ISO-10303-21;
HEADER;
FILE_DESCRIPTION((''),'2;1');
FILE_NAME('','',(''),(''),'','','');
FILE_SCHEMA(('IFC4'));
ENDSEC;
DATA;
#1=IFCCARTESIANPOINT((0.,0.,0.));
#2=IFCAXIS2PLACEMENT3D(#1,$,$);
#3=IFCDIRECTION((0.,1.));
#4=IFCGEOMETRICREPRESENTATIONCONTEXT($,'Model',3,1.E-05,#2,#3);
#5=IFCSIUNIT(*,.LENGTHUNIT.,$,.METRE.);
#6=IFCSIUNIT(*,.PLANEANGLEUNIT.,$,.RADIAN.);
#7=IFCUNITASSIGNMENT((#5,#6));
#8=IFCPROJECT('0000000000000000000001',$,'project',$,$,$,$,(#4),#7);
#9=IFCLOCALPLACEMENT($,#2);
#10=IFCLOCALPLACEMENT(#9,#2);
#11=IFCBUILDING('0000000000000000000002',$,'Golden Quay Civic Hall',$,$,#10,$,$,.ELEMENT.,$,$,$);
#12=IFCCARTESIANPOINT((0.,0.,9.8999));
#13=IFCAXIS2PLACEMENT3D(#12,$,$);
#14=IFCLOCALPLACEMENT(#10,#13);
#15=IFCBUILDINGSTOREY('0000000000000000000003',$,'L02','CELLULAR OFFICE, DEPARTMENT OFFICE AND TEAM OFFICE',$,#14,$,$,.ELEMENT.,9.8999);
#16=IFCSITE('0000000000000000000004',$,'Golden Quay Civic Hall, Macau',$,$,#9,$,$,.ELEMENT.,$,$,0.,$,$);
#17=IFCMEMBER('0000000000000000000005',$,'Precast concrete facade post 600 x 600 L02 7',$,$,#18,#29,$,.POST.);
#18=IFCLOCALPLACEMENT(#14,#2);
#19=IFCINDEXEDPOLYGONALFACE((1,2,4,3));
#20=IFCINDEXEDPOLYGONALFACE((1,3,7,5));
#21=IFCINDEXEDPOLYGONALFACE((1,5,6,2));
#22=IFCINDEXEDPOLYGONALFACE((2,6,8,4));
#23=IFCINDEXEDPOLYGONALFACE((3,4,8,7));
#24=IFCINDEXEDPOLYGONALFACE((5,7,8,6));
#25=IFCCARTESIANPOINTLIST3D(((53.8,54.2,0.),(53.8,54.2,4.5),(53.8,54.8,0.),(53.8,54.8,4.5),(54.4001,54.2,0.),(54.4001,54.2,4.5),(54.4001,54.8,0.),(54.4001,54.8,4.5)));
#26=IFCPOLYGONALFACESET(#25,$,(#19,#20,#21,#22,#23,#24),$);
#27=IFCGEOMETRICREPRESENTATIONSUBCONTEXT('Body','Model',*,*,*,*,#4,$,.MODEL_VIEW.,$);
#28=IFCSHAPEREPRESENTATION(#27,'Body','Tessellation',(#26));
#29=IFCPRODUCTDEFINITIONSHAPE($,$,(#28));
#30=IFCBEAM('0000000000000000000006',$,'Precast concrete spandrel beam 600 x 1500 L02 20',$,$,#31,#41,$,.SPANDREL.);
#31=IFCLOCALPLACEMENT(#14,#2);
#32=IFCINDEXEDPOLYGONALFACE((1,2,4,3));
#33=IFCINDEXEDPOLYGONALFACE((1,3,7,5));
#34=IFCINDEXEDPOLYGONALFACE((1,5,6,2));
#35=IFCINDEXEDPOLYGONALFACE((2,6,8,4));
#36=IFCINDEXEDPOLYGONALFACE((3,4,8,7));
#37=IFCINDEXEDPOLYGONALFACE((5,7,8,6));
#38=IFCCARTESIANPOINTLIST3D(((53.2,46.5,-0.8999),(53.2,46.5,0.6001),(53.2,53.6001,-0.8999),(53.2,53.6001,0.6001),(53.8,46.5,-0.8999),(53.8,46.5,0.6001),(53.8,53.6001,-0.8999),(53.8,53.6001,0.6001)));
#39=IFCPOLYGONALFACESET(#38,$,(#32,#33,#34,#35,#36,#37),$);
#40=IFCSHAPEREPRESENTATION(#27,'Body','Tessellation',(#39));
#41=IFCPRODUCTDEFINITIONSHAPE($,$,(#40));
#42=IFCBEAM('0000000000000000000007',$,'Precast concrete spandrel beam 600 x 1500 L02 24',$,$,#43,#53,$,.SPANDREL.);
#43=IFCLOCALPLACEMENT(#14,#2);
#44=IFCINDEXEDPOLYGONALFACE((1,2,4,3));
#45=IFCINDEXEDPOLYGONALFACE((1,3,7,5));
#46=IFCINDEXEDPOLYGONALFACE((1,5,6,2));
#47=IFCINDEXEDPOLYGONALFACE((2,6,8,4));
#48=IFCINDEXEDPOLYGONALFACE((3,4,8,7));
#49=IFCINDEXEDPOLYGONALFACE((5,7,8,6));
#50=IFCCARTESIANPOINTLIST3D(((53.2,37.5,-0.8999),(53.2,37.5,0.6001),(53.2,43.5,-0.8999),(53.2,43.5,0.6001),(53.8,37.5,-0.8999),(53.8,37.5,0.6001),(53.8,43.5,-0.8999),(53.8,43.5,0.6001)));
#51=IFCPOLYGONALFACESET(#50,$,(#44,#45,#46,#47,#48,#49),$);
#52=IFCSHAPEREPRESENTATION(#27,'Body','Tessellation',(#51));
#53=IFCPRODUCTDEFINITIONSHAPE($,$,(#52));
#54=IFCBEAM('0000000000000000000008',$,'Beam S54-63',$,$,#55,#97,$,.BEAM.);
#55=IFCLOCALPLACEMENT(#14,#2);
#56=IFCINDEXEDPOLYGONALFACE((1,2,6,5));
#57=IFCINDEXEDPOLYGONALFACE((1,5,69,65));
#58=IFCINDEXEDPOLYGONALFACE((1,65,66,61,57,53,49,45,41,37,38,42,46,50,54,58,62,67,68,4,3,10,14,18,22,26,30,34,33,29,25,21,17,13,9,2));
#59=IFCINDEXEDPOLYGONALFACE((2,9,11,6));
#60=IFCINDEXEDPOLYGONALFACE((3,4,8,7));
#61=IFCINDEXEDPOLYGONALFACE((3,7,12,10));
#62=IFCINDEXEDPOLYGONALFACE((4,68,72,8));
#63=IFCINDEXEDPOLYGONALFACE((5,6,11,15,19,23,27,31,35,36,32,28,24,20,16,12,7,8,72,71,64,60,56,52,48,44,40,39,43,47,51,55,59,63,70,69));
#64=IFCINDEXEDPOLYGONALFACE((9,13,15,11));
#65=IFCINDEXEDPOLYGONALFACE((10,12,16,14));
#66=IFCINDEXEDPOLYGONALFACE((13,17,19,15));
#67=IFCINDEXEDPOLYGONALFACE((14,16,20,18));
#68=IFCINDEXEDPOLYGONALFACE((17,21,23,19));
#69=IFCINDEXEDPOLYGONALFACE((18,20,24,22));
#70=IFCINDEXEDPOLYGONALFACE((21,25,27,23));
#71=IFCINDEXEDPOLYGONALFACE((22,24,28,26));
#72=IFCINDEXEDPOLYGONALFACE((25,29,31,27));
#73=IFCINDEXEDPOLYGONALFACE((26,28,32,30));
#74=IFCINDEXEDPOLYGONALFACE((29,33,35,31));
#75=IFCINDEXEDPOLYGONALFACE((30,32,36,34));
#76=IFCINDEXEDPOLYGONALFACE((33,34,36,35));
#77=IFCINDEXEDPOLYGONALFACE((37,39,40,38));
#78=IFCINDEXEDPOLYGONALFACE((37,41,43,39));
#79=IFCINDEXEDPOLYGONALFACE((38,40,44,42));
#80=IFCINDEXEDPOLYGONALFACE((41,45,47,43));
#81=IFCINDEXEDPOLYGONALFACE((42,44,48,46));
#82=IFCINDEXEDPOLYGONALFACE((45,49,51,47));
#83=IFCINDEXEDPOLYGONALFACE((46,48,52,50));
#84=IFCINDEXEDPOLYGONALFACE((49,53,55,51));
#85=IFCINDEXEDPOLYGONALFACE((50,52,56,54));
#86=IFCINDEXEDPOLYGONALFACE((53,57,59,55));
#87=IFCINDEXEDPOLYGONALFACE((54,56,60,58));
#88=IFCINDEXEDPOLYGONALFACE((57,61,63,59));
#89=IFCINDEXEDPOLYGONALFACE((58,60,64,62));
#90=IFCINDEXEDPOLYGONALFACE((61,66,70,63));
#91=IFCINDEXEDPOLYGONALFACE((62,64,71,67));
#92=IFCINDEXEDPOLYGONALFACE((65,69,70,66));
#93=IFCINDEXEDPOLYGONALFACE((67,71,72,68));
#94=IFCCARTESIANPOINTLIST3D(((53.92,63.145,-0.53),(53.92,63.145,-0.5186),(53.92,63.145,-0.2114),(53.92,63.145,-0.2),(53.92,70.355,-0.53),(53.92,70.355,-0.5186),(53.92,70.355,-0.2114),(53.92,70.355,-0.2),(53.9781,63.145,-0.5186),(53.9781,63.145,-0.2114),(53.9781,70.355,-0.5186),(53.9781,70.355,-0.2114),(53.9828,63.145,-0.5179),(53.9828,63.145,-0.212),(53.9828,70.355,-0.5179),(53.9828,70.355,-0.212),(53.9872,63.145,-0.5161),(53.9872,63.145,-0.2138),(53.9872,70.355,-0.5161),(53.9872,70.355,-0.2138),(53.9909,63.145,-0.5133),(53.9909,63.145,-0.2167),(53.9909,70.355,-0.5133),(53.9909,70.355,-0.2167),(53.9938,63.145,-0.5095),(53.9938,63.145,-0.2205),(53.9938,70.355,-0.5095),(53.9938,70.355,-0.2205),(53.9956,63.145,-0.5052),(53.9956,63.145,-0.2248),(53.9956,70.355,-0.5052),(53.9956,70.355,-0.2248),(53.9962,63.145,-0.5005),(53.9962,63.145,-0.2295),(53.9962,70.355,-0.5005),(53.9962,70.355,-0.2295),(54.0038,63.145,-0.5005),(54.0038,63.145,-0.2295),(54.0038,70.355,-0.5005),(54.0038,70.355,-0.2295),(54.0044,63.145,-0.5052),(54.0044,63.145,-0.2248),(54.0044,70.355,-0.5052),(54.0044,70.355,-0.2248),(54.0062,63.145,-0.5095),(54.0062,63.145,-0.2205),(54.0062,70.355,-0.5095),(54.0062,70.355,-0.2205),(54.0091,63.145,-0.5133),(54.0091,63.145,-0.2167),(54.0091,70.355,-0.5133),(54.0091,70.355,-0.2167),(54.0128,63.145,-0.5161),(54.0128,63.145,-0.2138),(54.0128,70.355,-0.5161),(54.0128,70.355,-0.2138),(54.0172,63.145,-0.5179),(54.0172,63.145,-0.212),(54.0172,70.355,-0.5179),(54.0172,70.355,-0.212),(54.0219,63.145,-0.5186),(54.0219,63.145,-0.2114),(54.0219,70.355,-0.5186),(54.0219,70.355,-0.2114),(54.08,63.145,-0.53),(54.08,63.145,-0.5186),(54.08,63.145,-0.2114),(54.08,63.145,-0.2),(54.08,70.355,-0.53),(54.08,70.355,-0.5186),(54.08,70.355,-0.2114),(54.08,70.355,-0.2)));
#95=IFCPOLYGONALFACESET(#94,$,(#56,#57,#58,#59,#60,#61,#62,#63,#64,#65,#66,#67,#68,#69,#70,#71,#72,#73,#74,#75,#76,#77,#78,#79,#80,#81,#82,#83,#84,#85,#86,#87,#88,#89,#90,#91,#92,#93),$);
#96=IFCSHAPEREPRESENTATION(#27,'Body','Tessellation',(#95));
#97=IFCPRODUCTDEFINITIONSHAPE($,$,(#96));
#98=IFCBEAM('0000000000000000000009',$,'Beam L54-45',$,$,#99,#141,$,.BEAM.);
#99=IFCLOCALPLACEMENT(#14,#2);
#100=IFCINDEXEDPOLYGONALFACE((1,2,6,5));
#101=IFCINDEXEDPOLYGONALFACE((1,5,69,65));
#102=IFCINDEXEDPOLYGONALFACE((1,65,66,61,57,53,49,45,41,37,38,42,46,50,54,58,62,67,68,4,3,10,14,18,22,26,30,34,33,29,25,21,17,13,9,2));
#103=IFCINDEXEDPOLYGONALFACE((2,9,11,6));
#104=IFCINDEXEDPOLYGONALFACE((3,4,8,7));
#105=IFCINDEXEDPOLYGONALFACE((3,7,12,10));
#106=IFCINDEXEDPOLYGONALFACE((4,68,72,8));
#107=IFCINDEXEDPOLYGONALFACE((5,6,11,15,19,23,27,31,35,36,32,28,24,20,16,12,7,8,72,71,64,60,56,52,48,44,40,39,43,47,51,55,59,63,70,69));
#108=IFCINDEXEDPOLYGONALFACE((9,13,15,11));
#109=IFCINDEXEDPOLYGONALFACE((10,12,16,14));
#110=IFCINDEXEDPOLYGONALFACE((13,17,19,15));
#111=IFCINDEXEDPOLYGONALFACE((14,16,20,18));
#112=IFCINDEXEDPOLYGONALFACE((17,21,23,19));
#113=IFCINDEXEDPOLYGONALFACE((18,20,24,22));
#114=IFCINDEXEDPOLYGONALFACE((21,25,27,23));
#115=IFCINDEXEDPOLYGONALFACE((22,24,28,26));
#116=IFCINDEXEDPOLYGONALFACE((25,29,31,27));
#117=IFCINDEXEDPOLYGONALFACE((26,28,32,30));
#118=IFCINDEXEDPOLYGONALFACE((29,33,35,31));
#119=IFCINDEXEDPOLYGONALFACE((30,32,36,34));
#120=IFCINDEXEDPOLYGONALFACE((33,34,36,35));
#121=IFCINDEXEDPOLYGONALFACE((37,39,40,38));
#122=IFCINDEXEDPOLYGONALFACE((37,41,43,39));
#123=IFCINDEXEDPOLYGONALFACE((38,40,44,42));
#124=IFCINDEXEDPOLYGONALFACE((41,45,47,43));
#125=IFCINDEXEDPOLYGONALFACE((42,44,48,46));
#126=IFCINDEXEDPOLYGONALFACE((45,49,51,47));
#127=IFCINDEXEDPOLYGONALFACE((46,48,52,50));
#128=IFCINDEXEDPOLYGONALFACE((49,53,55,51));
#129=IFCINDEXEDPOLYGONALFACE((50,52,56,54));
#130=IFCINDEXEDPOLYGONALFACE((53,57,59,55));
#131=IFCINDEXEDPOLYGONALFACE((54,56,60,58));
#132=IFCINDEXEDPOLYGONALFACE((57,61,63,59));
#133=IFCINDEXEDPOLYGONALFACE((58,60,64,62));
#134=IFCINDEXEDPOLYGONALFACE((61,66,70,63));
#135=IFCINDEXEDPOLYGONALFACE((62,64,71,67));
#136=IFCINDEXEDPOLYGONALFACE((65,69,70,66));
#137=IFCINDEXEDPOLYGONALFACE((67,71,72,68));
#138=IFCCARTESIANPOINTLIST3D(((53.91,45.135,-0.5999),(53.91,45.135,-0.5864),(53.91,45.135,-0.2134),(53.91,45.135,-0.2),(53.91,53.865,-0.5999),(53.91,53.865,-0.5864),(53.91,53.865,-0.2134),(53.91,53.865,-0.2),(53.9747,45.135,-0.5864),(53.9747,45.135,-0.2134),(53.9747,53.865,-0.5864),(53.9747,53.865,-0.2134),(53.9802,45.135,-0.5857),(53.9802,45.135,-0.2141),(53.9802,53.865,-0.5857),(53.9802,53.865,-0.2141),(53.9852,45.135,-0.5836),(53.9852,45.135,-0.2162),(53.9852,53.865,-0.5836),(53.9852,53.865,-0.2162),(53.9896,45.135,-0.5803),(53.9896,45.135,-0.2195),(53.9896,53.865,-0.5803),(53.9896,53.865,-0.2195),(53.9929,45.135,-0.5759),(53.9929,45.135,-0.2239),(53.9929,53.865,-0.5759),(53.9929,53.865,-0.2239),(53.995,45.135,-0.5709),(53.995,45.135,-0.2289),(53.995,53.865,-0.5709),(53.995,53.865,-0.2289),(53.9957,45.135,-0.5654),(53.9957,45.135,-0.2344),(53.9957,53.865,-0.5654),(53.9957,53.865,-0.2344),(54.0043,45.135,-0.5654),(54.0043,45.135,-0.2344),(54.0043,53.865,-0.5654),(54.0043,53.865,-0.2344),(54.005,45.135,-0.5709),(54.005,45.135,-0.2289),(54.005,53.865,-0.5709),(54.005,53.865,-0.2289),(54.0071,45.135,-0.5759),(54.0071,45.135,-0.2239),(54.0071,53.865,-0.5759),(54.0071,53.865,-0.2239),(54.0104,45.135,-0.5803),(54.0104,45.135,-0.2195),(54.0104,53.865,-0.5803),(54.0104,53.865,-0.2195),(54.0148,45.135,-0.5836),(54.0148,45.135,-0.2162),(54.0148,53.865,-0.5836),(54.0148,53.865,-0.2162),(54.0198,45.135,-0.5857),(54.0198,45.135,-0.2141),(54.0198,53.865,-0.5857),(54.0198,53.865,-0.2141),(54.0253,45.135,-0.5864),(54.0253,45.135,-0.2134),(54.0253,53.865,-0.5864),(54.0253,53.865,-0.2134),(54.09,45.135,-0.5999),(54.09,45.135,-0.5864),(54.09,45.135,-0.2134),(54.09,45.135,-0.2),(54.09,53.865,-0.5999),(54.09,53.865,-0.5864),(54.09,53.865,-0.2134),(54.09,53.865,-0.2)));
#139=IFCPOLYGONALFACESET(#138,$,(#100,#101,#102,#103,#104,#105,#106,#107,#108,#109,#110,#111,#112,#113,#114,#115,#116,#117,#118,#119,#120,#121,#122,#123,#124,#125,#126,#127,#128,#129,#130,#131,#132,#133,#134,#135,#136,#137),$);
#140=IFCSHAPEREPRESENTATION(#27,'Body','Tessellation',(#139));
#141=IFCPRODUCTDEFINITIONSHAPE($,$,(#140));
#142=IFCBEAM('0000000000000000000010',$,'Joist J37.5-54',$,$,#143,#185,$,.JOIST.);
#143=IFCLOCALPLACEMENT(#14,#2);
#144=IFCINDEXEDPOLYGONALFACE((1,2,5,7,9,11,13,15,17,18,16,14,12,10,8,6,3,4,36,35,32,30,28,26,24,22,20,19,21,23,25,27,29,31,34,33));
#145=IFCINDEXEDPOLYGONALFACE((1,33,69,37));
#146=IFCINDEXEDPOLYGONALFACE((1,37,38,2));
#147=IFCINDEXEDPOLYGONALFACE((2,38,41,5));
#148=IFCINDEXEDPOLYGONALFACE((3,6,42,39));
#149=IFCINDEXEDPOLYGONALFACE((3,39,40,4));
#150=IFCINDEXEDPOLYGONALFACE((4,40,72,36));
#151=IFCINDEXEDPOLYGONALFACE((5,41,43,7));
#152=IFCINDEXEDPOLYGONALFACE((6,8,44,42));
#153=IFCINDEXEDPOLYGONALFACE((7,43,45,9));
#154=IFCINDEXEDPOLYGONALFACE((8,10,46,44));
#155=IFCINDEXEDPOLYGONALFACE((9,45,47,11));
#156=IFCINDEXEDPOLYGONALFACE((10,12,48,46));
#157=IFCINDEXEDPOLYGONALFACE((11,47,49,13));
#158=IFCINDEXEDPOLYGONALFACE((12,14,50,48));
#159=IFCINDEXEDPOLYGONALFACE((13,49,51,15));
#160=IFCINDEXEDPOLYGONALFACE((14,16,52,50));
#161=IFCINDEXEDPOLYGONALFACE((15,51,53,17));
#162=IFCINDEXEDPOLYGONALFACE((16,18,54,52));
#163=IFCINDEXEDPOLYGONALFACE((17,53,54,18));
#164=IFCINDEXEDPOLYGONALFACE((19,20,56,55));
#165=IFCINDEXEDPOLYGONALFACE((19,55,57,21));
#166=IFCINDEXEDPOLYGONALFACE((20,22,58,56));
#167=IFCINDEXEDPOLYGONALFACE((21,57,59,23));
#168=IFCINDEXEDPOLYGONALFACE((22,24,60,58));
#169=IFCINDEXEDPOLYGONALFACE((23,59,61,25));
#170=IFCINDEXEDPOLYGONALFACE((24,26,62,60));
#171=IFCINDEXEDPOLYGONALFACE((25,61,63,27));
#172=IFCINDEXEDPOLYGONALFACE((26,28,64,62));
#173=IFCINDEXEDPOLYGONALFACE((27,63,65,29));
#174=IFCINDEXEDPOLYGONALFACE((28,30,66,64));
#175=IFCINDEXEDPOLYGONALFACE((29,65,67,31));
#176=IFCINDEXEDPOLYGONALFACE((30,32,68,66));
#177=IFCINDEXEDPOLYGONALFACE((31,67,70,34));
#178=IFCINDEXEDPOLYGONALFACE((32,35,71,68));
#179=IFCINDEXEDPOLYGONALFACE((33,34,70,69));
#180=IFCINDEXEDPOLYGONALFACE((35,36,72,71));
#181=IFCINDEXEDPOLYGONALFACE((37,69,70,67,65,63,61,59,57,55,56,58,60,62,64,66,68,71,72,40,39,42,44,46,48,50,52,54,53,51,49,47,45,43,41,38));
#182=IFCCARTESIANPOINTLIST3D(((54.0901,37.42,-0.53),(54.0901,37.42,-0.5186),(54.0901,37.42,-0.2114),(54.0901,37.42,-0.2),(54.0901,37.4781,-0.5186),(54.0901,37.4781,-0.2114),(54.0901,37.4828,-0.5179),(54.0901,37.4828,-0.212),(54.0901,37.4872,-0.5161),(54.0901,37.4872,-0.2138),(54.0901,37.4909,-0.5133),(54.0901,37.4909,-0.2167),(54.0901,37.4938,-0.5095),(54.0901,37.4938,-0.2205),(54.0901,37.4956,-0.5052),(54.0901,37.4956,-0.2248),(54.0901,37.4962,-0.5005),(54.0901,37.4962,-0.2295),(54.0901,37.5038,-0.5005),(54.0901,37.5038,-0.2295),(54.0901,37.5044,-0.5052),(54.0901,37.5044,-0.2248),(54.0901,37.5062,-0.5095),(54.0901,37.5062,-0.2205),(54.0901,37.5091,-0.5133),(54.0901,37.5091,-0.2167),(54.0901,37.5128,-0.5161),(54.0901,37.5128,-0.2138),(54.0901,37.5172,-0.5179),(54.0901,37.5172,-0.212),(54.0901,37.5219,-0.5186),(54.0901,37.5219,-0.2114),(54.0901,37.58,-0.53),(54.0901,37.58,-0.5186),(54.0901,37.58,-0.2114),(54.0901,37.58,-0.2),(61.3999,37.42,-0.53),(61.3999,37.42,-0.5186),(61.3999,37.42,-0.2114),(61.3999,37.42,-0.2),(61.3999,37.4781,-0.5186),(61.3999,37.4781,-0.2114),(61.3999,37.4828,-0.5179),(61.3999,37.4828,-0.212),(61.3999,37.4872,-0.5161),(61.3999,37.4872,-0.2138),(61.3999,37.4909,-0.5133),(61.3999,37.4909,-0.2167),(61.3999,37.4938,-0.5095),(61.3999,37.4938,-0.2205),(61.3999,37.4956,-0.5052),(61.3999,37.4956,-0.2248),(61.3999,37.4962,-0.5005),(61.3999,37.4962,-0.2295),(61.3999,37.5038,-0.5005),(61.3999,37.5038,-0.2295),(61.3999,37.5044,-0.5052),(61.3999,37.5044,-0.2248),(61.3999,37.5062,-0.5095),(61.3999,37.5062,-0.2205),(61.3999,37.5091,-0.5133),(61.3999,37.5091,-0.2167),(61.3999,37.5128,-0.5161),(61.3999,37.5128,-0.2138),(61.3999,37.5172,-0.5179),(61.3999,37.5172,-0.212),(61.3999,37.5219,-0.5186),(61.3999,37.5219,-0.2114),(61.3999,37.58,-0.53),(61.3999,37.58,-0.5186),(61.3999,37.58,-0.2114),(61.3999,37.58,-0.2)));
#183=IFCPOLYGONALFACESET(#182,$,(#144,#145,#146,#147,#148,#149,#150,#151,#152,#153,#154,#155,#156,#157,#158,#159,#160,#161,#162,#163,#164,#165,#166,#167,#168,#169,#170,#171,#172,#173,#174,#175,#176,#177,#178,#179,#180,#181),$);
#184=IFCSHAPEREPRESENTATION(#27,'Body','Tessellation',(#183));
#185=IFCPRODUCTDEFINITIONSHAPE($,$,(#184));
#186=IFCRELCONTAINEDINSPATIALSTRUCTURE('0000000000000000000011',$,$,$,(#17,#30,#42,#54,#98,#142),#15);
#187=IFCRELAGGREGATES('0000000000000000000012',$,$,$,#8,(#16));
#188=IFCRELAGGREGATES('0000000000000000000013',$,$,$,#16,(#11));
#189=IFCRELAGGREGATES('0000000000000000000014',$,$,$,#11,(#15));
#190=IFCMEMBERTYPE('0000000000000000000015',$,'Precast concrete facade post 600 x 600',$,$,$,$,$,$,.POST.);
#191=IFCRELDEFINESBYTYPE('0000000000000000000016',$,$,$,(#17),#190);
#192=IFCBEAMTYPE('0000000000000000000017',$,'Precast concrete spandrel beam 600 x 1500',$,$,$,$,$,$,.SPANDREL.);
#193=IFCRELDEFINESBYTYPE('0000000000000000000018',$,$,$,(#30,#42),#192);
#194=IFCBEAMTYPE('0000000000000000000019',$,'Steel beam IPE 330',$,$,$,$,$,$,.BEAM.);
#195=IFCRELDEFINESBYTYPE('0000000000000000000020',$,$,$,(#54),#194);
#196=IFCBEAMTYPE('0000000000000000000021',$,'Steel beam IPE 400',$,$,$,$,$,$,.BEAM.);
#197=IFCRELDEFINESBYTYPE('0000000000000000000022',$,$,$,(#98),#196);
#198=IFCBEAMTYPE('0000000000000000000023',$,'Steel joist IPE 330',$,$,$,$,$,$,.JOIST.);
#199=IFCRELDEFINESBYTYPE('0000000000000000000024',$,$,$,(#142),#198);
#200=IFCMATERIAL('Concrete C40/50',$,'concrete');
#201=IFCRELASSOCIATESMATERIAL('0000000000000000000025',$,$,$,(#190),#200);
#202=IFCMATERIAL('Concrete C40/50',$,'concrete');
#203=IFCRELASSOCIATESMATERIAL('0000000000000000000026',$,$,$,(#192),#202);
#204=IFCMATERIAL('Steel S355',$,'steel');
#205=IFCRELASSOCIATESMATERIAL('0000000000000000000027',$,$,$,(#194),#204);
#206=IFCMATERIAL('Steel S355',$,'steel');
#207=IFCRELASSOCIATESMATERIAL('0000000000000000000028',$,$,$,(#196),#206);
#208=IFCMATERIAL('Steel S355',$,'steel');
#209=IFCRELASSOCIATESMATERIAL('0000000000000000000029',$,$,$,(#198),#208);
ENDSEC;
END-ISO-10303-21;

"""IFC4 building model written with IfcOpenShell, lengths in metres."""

from ifc_helpers import new_model, si_unit, direction, frame, origin, origin_2d, place, context, subcontext, project, spatial, rectangle, i_section, extrude, material, material_profile, profile_set, type_object, element, save


model = new_model("IFC4")

# Units and contexts
model_context = context("Model", 3, precision=1e-05, world=origin(), true_north=direction((0.0, 1.0)))
body_context = subcontext(model_context, "Body", "Model", "MODEL_VIEW")
ifc_project = project(units=[si_unit("LENGTHUNIT", "METRE"), si_unit("PLANEANGLEUNIT", "RADIAN")], contexts=[model_context])

# Site, building, storey
site_placement = place(None, origin())
site = spatial("IfcSite", under=ifc_project, at=site_placement, Name="Golden Quay Civic Hall, Macau", CompositionType="ELEMENT", RefElevation=0.0)
building_placement = place(site_placement, origin())
building = spatial("IfcBuilding", under=site, at=building_placement, Name="Golden Quay Civic Hall", CompositionType="ELEMENT")
storey_placement = place(building_placement, frame((0.0, 0.0, 9.8999)))
storey = spatial("IfcBuildingStorey", under=building, at=storey_placement, Name="L02", Description="CELLULAR OFFICE, DEPARTMENT OFFICE AND TEAM OFFICE", CompositionType="ELEMENT", Elevation=9.8999)

# Member
ifc_material_1 = material(Name="Concrete C40/50", Category="concrete")
ifc_material_profile_1 = material_profile(ifc_material_1, rectangle(XDim=0.6001, YDim=0.6001, at=origin_2d()), Name="RC 600x600")
ifc_profile_set_1 = profile_set([ifc_material_profile_1], Name="Concrete C40/50")
member_type_1 = type_object("IfcMemberType", Name="Precast concrete facade post 600 x 600", PredefinedType="POST", material=ifc_profile_set_1)
for number, where, z_axis, x_axis, name in (
    (1, (54.1001, 54.5, 0.0), (0.0, 0.0, 1.0), (1.0, 0.0, 0.0), "Precast concrete facade post 600 x 600 L02 7"),
):
    element("IfcMember", number, at=place(storey_placement, frame(where, z_axis=z_axis, x_axis=x_axis)), inside=storey, type_object=member_type_1, Name=name, PredefinedType="POST", context=body_context, shape_type="SweptSolid", body=[
        extrude(rectangle(XDim=0.6001, YDim=0.6001, at=origin_2d()), origin(), (0.0, 0.0, 1.0), 4.5),
    ])

# Beams
ifc_material_2 = material(Name="Concrete C40/50", Category="concrete")
ifc_material_profile_2 = material_profile(ifc_material_2, rectangle(XDim=0.6001, YDim=1.5, at=origin_2d()), Name="RC 600x1500")
ifc_profile_set_2 = profile_set([ifc_material_profile_2], Name="Concrete C40/50")
beam_type_1 = type_object("IfcBeamType", Name="Precast concrete spandrel beam 600 x 1500", PredefinedType="SPANDREL", material=ifc_profile_set_2)
beam_1_placement = place(storey_placement, frame((53.5, 46.5, -0.1499), z_axis=(0.0, 1.0, 0.0), x_axis=(-1.0, 0.0, 0.0)))
element("IfcBeam", 2, at=beam_1_placement, inside=storey, type_object=beam_type_1, Name="Precast concrete spandrel beam 600 x 1500 L02 20", PredefinedType="SPANDREL", context=body_context, shape_type="SweptSolid", body=[
    extrude(rectangle(XDim=0.6001, YDim=1.5, at=origin_2d()), origin(), (0.0, 0.0, 1.0), 7.1001),
])
beam_2_placement = place(storey_placement, frame((53.5, 37.5, -0.1499), z_axis=(0.0, 1.0, 0.0), x_axis=(-1.0, 0.0, 0.0)))
element("IfcBeam", 3, at=beam_2_placement, inside=storey, type_object=beam_type_1, Name="Precast concrete spandrel beam 600 x 1500 L02 24", PredefinedType="SPANDREL", context=body_context, shape_type="SweptSolid", body=[
    extrude(rectangle(XDim=0.6001, YDim=1.5, at=origin_2d()), origin(), (0.0, 0.0, 1.0), 6.0),
])
ifc_material_3 = material(Name="Steel S355", Category="steel")
ifc_material_profile_3 = material_profile(ifc_material_3, i_section(OverallWidth=0.1599, OverallDepth=0.3301, WebThickness=0.0076, FlangeThickness=0.0115, FilletRadius=0.0181, at=origin_2d()), Name="IPE 330")
ifc_profile_set_3 = profile_set([ifc_material_profile_3], Name="Steel S355")
beam_type_2 = type_object("IfcBeamType", Name="Steel beam IPE 330", PredefinedType="BEAM", material=ifc_profile_set_3)
beam_3_placement = place(storey_placement, frame((54.0, 63.145, -0.365), z_axis=(0.0, 1.0, 0.0), x_axis=(-1.0, 0.0, 0.0)))
element("IfcBeam", 4, at=beam_3_placement, inside=storey, type_object=beam_type_2, Name="Beam S54-63", PredefinedType="BEAM", context=body_context, shape_type="SweptSolid", body=[
    extrude(i_section(OverallWidth=0.1599, OverallDepth=0.3301, WebThickness=0.0076, FlangeThickness=0.0115, FilletRadius=0.0181, at=origin_2d()), origin(), (0.0, 0.0, 1.0), 7.21),
])
ifc_material_4 = material(Name="Steel S355", Category="steel")
ifc_material_profile_4 = material_profile(ifc_material_4, i_section(OverallWidth=0.1799, OverallDepth=0.3999, WebThickness=0.0085, FlangeThickness=0.0134, FilletRadius=0.021, at=origin_2d()), Name="IPE 400")
ifc_profile_set_4 = profile_set([ifc_material_profile_4], Name="Steel S355")
beam_type_3 = type_object("IfcBeamType", Name="Steel beam IPE 400", PredefinedType="BEAM", material=ifc_profile_set_4)
beam_4_placement = place(storey_placement, frame((54.0, 45.135, -0.3999), z_axis=(0.0, 1.0, 0.0), x_axis=(-1.0, 0.0, 0.0)))
element("IfcBeam", 5, at=beam_4_placement, inside=storey, type_object=beam_type_3, Name="Beam L54-45", PredefinedType="BEAM", context=body_context, shape_type="SweptSolid", body=[
    extrude(i_section(OverallWidth=0.1799, OverallDepth=0.3999, WebThickness=0.0085, FlangeThickness=0.0134, FilletRadius=0.021, at=origin_2d()), origin(), (0.0, 0.0, 1.0), 8.73),
])
ifc_material_5 = material(Name="Steel S355", Category="steel")
ifc_material_profile_5 = material_profile(ifc_material_5, i_section(OverallWidth=0.1599, OverallDepth=0.3301, WebThickness=0.0076, FlangeThickness=0.0115, FilletRadius=0.0181, at=origin_2d()), Name="IPE 330")
ifc_profile_set_5 = profile_set([ifc_material_profile_5], Name="Steel S355")
beam_type_4 = type_object("IfcBeamType", Name="Steel joist IPE 330", PredefinedType="JOIST", material=ifc_profile_set_5)
for number, where, z_axis, x_axis, name in (
    (6, (54.0901, 37.5, -0.365), (1.0, 0.0, 0.0), (0.0, 1.0, 0.0), "Joist J37.5-54"),
):
    element("IfcBeam", number, at=place(storey_placement, frame(where, z_axis=z_axis, x_axis=x_axis)), inside=storey, type_object=beam_type_4, Name=name, PredefinedType="JOIST", context=body_context, shape_type="SweptSolid", body=[
        extrude(i_section(OverallWidth=0.1599, OverallDepth=0.3301, WebThickness=0.0076, FlangeThickness=0.0115, FilletRadius=0.0181, at=origin_2d()), origin(), (0.0, 0.0, 1.0), 7.3098),
    ])

save(model, "model.ifc")
